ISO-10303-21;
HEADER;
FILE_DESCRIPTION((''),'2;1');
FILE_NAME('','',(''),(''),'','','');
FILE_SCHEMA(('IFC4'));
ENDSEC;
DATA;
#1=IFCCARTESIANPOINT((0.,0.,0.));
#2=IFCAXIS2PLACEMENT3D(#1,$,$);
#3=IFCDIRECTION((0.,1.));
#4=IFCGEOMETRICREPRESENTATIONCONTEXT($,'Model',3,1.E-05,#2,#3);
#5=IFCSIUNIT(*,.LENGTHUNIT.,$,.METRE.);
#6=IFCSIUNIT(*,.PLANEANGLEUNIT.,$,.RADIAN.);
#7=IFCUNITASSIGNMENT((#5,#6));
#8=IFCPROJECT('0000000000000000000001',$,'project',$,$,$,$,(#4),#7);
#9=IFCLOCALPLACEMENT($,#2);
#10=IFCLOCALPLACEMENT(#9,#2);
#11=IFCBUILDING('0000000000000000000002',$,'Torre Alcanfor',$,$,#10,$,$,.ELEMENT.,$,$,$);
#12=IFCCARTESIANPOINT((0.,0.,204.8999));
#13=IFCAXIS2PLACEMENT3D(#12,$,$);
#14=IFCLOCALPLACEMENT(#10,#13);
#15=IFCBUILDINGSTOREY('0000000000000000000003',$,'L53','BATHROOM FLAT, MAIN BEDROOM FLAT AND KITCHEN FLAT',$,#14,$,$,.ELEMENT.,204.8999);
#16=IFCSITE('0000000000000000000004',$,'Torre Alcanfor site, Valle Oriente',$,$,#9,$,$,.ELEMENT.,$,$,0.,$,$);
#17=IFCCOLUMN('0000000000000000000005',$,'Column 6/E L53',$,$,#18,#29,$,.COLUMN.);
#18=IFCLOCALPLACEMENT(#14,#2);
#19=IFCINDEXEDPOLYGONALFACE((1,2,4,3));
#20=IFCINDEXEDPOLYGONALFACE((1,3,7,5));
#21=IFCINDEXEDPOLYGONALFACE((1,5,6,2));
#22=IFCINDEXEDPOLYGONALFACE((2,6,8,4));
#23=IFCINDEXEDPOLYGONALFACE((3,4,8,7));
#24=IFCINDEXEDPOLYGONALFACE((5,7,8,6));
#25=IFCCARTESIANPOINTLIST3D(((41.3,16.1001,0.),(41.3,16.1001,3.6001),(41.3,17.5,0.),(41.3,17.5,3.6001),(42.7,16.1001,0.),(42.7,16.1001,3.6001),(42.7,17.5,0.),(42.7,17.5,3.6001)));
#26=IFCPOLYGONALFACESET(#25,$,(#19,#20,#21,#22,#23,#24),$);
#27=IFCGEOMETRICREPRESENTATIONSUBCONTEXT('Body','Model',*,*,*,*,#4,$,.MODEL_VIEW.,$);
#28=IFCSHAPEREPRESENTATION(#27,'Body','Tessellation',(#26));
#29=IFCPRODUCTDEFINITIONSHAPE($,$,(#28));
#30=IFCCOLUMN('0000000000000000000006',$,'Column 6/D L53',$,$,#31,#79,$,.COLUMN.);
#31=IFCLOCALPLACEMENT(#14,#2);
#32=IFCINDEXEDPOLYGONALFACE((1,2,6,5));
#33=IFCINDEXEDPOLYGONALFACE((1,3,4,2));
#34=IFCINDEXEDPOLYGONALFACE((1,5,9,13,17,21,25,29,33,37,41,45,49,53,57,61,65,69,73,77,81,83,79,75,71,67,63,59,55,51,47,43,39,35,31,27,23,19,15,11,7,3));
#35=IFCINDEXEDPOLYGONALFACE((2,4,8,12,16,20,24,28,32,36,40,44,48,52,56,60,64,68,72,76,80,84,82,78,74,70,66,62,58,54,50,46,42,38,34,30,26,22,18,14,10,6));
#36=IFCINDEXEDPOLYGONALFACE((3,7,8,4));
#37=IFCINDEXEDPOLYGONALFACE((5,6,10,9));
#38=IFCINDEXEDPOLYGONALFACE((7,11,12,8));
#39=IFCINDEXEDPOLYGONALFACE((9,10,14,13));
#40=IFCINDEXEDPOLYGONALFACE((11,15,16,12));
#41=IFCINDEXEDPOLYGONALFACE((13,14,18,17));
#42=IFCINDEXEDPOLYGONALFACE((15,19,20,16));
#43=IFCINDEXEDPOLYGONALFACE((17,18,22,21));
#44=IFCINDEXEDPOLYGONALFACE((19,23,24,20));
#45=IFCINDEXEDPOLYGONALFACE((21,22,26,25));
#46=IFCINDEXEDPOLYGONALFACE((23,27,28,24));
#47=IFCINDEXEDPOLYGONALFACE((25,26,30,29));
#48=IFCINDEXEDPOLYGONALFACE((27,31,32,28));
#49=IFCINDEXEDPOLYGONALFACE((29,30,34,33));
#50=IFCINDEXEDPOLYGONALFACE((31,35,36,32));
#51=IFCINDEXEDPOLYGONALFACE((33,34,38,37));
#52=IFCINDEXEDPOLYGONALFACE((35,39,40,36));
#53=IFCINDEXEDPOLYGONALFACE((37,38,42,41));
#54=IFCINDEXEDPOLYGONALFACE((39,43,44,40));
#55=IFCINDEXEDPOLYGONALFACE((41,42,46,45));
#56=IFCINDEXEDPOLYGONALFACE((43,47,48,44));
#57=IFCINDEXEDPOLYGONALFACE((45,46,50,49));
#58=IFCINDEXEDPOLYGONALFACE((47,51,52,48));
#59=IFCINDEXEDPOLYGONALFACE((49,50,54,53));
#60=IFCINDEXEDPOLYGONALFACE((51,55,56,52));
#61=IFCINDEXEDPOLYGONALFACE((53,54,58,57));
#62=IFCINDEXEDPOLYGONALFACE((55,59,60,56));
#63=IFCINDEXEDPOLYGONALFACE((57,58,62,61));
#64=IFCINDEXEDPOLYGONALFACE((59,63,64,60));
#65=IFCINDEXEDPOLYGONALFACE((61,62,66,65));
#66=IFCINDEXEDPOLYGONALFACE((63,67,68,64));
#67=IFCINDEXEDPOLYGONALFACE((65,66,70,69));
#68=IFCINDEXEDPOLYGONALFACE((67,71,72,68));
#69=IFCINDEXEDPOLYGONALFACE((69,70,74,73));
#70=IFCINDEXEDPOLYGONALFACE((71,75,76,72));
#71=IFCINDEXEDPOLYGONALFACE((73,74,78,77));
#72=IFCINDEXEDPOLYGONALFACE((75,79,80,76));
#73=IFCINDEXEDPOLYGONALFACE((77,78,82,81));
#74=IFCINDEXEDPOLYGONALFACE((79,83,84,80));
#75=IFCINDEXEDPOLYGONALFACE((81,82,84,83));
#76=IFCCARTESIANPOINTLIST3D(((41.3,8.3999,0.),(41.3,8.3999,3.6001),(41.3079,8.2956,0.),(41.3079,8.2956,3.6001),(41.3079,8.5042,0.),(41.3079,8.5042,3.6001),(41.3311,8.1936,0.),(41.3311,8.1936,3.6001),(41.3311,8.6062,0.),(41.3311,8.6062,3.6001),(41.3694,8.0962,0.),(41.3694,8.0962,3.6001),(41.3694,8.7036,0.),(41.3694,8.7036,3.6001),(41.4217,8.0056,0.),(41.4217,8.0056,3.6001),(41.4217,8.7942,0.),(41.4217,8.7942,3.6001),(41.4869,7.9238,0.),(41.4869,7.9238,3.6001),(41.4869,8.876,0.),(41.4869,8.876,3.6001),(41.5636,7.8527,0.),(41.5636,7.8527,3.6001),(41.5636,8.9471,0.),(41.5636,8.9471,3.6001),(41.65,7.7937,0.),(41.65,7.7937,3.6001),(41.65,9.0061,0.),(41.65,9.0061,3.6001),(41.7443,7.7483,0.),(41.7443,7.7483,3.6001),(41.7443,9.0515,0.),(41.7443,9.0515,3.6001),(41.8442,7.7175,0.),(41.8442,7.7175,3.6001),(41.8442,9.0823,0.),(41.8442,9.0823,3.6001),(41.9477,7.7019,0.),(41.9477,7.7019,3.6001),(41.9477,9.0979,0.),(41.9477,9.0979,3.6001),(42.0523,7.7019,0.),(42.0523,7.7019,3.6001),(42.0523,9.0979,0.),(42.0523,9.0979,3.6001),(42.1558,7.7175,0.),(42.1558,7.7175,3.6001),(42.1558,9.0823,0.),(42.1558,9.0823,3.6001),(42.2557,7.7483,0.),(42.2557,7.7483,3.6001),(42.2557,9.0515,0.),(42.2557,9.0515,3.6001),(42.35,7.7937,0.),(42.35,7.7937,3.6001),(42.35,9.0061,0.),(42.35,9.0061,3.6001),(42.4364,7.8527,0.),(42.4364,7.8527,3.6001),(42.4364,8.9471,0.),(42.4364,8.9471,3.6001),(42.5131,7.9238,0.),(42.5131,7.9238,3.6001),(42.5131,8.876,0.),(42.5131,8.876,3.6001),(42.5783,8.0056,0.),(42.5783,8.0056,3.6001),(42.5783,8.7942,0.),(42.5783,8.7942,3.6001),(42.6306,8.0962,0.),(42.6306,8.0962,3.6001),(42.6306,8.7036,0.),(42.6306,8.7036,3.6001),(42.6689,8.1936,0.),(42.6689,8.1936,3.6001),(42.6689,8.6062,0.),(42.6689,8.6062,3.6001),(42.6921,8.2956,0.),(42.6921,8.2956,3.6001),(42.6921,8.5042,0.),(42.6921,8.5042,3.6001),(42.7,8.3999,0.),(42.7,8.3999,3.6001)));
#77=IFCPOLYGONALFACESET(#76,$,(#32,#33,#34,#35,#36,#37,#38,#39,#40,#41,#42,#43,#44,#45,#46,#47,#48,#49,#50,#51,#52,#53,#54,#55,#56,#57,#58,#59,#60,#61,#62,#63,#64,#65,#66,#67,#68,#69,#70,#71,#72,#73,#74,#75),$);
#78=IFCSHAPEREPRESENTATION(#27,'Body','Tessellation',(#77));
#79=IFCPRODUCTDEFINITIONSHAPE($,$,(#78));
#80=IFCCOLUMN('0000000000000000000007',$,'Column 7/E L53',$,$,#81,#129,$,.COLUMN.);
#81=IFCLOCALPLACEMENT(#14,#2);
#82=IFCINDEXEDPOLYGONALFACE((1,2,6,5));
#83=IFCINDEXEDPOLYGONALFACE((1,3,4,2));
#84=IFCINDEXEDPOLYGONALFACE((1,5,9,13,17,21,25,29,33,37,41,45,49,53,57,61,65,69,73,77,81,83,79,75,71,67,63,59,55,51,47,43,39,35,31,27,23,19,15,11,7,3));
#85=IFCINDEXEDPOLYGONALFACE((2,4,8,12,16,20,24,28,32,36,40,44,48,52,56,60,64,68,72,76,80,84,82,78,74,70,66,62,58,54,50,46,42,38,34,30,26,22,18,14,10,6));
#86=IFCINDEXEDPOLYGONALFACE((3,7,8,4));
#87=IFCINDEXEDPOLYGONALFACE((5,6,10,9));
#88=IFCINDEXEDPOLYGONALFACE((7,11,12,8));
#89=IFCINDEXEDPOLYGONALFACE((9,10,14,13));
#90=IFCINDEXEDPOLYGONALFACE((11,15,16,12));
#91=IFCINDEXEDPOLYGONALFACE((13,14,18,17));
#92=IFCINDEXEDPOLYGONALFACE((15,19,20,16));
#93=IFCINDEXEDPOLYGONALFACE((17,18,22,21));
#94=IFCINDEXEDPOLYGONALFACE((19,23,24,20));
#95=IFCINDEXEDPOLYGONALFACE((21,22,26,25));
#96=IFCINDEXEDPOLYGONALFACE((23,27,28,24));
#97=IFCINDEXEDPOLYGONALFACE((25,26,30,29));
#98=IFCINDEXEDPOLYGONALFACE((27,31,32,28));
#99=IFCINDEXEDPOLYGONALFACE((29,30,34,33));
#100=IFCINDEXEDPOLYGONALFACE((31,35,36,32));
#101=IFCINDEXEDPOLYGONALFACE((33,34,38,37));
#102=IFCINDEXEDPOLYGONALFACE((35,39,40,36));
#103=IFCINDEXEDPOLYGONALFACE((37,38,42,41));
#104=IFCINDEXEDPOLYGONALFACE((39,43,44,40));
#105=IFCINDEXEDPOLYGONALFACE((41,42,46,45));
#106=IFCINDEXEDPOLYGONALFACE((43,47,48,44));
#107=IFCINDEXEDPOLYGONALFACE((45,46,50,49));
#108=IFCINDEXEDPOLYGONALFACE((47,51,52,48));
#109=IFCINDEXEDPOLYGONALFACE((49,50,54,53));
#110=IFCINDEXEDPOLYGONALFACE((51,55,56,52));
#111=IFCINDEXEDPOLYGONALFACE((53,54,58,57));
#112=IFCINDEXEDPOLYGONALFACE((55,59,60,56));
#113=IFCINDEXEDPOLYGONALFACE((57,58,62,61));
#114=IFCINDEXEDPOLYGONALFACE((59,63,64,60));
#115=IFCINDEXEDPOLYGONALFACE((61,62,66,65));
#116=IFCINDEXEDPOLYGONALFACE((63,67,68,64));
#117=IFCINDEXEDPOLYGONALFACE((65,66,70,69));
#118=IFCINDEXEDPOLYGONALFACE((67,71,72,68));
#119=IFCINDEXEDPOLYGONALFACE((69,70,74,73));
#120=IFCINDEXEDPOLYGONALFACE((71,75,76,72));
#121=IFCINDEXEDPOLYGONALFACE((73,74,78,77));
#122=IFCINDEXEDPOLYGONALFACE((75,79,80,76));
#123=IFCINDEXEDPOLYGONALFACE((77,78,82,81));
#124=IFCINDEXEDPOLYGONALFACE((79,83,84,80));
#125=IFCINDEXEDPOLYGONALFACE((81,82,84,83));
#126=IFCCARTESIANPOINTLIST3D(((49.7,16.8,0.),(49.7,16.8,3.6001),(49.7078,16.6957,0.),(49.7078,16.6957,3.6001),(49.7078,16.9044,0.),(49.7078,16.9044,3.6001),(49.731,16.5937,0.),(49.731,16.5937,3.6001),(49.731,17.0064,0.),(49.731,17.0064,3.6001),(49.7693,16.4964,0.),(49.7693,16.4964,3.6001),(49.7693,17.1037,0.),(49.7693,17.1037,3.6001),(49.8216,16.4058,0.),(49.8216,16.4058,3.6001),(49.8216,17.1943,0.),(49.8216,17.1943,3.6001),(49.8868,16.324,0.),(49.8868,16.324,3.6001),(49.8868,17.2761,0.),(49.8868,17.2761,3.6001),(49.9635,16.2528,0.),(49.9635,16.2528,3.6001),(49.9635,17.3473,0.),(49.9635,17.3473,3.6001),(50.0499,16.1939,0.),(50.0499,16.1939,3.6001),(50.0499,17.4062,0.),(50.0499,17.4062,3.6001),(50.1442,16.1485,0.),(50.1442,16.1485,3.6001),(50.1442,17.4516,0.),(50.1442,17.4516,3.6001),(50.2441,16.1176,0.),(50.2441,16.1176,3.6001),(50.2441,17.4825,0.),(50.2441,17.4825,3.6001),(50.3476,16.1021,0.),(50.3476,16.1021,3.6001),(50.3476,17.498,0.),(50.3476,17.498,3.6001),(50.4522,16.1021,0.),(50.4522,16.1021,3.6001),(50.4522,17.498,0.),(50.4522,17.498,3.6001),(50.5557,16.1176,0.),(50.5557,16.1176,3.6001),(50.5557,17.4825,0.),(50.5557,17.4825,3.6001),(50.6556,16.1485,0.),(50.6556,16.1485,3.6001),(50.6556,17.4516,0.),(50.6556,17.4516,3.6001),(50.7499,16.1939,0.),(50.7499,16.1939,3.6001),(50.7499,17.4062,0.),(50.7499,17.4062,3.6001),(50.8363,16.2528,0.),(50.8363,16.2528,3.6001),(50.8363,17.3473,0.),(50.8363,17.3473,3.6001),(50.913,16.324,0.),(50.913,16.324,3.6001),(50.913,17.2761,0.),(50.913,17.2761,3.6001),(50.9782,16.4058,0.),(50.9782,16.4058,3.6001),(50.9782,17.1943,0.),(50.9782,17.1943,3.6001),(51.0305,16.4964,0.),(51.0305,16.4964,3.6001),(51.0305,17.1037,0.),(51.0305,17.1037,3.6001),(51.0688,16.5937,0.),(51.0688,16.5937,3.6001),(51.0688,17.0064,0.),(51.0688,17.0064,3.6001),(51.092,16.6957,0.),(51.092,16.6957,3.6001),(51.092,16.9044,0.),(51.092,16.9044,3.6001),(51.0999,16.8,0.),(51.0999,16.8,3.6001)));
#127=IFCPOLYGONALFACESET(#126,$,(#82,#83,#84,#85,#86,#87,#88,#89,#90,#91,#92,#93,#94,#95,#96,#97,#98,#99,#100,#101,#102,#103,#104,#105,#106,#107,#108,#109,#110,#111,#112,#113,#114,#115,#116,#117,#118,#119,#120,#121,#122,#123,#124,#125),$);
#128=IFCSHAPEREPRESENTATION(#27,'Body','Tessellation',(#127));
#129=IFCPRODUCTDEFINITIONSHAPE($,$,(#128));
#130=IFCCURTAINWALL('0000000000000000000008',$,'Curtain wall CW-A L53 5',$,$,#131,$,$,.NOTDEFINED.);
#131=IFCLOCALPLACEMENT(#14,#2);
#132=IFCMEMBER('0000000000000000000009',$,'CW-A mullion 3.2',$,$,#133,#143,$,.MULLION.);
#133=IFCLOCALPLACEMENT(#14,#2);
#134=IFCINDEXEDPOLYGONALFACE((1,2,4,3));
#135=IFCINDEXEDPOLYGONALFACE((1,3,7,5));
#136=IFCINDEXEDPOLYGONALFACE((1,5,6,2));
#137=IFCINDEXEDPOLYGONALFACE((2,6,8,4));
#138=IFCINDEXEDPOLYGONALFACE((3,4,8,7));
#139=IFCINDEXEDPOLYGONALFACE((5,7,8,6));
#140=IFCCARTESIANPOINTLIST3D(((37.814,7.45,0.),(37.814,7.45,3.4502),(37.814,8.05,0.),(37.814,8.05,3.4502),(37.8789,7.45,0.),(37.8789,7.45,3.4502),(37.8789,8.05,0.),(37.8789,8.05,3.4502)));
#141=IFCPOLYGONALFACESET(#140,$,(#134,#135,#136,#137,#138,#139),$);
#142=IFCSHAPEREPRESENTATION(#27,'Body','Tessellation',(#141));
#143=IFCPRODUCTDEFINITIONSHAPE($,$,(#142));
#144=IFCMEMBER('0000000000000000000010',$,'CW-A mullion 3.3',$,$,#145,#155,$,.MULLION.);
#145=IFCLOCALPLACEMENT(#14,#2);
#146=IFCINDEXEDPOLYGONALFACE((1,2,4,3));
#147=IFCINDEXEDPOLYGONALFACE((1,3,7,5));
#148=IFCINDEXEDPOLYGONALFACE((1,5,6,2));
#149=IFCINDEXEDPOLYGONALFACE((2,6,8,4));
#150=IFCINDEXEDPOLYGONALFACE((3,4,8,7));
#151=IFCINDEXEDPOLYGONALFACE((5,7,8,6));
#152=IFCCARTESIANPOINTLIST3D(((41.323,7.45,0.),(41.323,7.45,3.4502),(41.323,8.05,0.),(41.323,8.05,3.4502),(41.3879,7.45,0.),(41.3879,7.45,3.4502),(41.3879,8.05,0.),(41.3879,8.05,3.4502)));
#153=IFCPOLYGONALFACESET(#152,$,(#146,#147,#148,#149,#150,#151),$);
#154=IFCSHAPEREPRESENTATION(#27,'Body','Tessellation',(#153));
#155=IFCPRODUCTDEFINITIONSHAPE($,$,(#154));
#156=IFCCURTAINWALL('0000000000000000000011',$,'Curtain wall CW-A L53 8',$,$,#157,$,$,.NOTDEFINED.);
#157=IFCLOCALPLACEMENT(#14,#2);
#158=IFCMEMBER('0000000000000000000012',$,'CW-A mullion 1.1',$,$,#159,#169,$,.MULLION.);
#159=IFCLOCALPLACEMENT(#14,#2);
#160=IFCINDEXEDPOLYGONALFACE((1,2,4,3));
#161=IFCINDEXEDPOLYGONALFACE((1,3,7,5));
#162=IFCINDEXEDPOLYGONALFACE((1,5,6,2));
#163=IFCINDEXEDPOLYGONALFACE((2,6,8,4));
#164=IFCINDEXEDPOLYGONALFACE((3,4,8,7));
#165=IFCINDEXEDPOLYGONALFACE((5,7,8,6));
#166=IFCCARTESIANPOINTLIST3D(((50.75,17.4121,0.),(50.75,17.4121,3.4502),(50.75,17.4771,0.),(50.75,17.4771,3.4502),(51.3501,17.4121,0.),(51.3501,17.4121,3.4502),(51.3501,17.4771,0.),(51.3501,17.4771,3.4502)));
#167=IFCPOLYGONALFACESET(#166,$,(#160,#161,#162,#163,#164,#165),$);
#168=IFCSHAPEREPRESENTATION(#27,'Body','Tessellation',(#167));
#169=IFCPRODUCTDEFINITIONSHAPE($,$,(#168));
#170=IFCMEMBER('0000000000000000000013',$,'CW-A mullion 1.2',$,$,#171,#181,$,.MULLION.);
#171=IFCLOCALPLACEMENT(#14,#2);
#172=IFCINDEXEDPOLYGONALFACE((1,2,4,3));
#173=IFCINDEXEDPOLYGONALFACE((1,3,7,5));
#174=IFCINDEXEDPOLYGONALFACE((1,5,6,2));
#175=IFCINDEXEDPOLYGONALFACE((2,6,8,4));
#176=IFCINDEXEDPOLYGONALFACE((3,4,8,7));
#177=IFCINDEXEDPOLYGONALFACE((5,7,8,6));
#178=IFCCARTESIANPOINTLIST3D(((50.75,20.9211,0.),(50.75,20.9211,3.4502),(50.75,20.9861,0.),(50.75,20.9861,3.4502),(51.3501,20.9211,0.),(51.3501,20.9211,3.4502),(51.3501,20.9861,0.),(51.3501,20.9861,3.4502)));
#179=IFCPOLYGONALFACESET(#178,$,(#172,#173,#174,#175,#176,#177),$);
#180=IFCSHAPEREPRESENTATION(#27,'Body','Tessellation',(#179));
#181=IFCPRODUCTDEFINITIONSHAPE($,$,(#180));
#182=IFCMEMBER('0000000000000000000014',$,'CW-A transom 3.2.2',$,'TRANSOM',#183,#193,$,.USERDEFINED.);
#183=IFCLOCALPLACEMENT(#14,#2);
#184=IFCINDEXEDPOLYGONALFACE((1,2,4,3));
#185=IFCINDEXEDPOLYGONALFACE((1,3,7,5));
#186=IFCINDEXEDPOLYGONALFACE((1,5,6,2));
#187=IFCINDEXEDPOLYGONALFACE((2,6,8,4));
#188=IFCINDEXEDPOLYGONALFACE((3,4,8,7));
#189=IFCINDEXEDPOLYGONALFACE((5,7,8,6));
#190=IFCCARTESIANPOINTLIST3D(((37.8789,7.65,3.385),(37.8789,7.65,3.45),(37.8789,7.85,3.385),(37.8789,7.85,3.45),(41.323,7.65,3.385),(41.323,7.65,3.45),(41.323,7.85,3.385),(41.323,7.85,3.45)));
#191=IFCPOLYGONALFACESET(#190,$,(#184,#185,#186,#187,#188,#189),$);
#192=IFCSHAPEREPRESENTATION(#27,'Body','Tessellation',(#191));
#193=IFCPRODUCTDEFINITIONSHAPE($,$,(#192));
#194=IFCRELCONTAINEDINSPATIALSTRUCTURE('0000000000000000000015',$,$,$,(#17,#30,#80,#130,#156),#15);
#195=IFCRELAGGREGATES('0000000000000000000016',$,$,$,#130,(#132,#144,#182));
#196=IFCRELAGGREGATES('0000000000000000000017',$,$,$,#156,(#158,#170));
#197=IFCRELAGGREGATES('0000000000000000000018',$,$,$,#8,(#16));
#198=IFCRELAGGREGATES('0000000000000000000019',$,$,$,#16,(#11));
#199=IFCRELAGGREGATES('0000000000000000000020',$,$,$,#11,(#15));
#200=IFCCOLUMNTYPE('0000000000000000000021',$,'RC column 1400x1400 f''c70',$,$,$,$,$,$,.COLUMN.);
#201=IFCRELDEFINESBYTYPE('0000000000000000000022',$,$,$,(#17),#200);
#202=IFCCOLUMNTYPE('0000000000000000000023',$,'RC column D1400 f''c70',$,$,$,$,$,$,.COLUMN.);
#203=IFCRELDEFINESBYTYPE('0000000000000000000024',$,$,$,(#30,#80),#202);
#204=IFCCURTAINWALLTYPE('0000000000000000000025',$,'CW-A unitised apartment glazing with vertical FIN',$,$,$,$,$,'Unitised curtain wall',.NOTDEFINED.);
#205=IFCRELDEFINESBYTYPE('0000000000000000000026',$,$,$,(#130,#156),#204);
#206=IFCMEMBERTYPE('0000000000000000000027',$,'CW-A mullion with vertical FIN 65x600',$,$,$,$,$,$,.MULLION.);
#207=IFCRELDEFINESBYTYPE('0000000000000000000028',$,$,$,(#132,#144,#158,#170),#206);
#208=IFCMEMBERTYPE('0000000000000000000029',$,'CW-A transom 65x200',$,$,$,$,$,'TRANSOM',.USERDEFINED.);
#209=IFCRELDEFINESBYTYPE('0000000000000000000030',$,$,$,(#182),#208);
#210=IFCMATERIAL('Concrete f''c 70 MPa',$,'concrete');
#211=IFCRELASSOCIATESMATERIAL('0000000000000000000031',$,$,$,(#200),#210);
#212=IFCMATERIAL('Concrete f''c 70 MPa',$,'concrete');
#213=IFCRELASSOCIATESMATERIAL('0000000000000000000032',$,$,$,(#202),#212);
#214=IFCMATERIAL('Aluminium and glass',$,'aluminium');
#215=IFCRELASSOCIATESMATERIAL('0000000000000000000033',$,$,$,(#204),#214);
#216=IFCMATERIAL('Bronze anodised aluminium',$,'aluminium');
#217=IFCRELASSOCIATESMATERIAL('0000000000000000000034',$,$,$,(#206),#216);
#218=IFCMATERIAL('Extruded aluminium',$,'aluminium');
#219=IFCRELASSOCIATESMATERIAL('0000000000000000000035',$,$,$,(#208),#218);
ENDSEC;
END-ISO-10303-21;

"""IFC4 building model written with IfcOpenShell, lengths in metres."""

from ifc_helpers import new_model, si_unit, direction, frame, origin, origin_2d, place, context, subcontext, project, spatial, rectangle, circle, extrude, material, material_profile, profile_set, type_object, element, aggregate, save


model = new_model("IFC4")

# Units and contexts
model_context = context("Model", 3, precision=1e-05, world=origin(), true_north=direction((0.0, 1.0)))
body_context = subcontext(model_context, "Body", "Model", "MODEL_VIEW")
ifc_project = project(units=[si_unit("LENGTHUNIT", "METRE"), si_unit("PLANEANGLEUNIT", "RADIAN")], contexts=[model_context])

# Site, building, storey
site_placement = place(None, origin())
site = spatial("IfcSite", under=ifc_project, at=site_placement, Name="Torre Alcanfor site, Valle Oriente", CompositionType="ELEMENT", RefElevation=0.0)
building_placement = place(site_placement, origin())
building = spatial("IfcBuilding", under=site, at=building_placement, Name="Torre Alcanfor", CompositionType="ELEMENT")
storey_placement = place(building_placement, frame((0.0, 0.0, 204.8999)))
storey = spatial("IfcBuildingStorey", under=building, at=storey_placement, Name="L53", Description="BATHROOM FLAT, MAIN BEDROOM FLAT AND KITCHEN FLAT", CompositionType="ELEMENT", Elevation=204.8999)

# Columns
ifc_material_1 = material(Name="Concrete f'c 70 MPa", Category="concrete")
ifc_material_profile_1 = material_profile(ifc_material_1, rectangle(XDim=1.3999, YDim=1.3999, at=origin_2d()), Name="1400x1400")
ifc_profile_set_1 = profile_set([ifc_material_profile_1], Name="Concrete f'c 70 MPa")
column_type_1 = type_object("IfcColumnType", Name="RC column 1400x1400 f'c70", PredefinedType="COLUMN", material=ifc_profile_set_1)
column_placement = place(storey_placement, frame((42.0, 16.8, 0.0), z_axis=(0.0, 0.0, 1.0), x_axis=(1.0, 0.0, 0.0)))
element("IfcColumn", 1, at=column_placement, inside=storey, type_object=column_type_1, Name="Column 6/E L53", PredefinedType="COLUMN", context=body_context, shape_type="SweptSolid", body=[
    extrude(rectangle(XDim=1.3999, YDim=1.3999, at=origin_2d()), origin(), (0.0, 0.0, 1.0), 3.6001),
])
ifc_material_2 = material(Name="Concrete f'c 70 MPa", Category="concrete")
ifc_material_profile_2 = material_profile(ifc_material_2, circle(Radius=0.7, at=origin_2d()), Name="D1400")
ifc_profile_set_2 = profile_set([ifc_material_profile_2], Name="Concrete f'c 70 MPa")
column_type_2 = type_object("IfcColumnType", Name="RC column D1400 f'c70", PredefinedType="COLUMN", material=ifc_profile_set_2)
for number, where, z_axis, x_axis, name in (
    (2, (42.0, 8.3999, 0.0), (0.0, 0.0, 1.0), (1.0, 0.0, 0.0), "Column 6/D L53"),
    (3, (50.3999, 16.8, 0.0), (0.0, 0.0, 1.0), (1.0, 0.0, 0.0), "Column 7/E L53"),
):
    element("IfcColumn", number, at=place(storey_placement, frame(where, z_axis=z_axis, x_axis=x_axis)), inside=storey, type_object=column_type_2, Name=name, PredefinedType="COLUMN", context=body_context, shape_type="SweptSolid", body=[
        extrude(circle(Radius=0.7, at=origin_2d()), origin(), (0.0, 0.0, 1.0), 3.6001),
    ])

# Curtain walls, members
ifc_material_3 = material(Name="Aluminium and glass", Category="aluminium")
curtain_wall_type = type_object("IfcCurtainWallType", Name="CW-A unitised apartment glazing with vertical FIN", ElementType="Unitised curtain wall", PredefinedType="NOTDEFINED", material=ifc_material_3)
curtain_wall_1_placement = place(storey_placement, origin())
curtain_wall_1 = element("IfcCurtainWall", 4, at=curtain_wall_1_placement, inside=storey, type_object=curtain_wall_type, Name="Curtain wall CW-A L53 5", PredefinedType="NOTDEFINED")
ifc_material_4 = material(Name="Bronze anodised aluminium", Category="aluminium")
ifc_material_profile_3 = material_profile(ifc_material_4, rectangle(XDim=0.6001, YDim=0.0649, at=origin_2d()), Name="CW-A mullion 65x600")
ifc_profile_set_3 = profile_set([ifc_material_profile_3], Name="Bronze anodised aluminium")
member_type_1 = type_object("IfcMemberType", Name="CW-A mullion with vertical FIN 65x600", PredefinedType="MULLION", material=ifc_profile_set_3)
member_1_placement = place(storey_placement, frame((37.8464, 7.75, 0.0), z_axis=(0.0, 0.0, 1.0), x_axis=(0.0, 1.0, 0.0)))
member_1 = element("IfcMember", 5, at=member_1_placement, type_object=member_type_1, Name="CW-A mullion 3.2", PredefinedType="MULLION", context=body_context, shape_type="SweptSolid", body=[
    extrude(rectangle(XDim=0.6001, YDim=0.0649, at=origin_2d()), origin(), (0.0, 0.0, 1.0), 3.4502),
])
member_2_placement = place(storey_placement, frame((41.3555, 7.75, 0.0), z_axis=(0.0, 0.0, 1.0), x_axis=(0.0, 1.0, 0.0)))
member_2 = element("IfcMember", 6, at=member_2_placement, type_object=member_type_1, Name="CW-A mullion 3.3", PredefinedType="MULLION", context=body_context, shape_type="SweptSolid", body=[
    extrude(rectangle(XDim=0.6001, YDim=0.0649, at=origin_2d()), origin(), (0.0, 0.0, 1.0), 3.4502),
])
curtain_wall_2_placement = place(storey_placement, origin())
curtain_wall_2 = element("IfcCurtainWall", 7, at=curtain_wall_2_placement, inside=storey, type_object=curtain_wall_type, Name="Curtain wall CW-A L53 8", PredefinedType="NOTDEFINED")
member_3_placement = place(storey_placement, frame((51.05, 17.4446, 0.0), z_axis=(0.0, 0.0, 1.0), x_axis=(-1.0, 0.0, 0.0)))
member_3 = element("IfcMember", 8, at=member_3_placement, type_object=member_type_1, Name="CW-A mullion 1.1", PredefinedType="MULLION", context=body_context, shape_type="SweptSolid", body=[
    extrude(rectangle(XDim=0.6001, YDim=0.0649, at=origin_2d()), origin(), (0.0, 0.0, 1.0), 3.4502),
])
member_4_placement = place(storey_placement, frame((51.05, 20.9536, 0.0), z_axis=(0.0, 0.0, 1.0), x_axis=(-1.0, 0.0, 0.0)))
member_4 = element("IfcMember", 9, at=member_4_placement, type_object=member_type_1, Name="CW-A mullion 1.2", PredefinedType="MULLION", context=body_context, shape_type="SweptSolid", body=[
    extrude(rectangle(XDim=0.6001, YDim=0.0649, at=origin_2d()), origin(), (0.0, 0.0, 1.0), 3.4502),
])

# Member
ifc_material_5 = material(Name="Extruded aluminium", Category="aluminium")
ifc_material_profile_4 = material_profile(ifc_material_5, rectangle(XDim=0.2, YDim=0.0649, at=origin_2d()), Name="CW-A transom 200x65")
ifc_profile_set_4 = profile_set([ifc_material_profile_4], Name="Extruded aluminium")
member_type_2 = type_object("IfcMemberType", Name="CW-A transom 65x200", ElementType="TRANSOM", PredefinedType="USERDEFINED", material=ifc_profile_set_4)
member_5_placement = place(storey_placement, frame((37.8789, 7.75, 3.4175), z_axis=(1.0, 0.0, 0.0), x_axis=(0.0, 1.0, 0.0)))
member_5 = element("IfcMember", 10, at=member_5_placement, type_object=member_type_2, Name="CW-A transom 3.2.2", ObjectType="TRANSOM", PredefinedType="USERDEFINED", context=body_context, shape_type="SweptSolid", body=[
    extrude(rectangle(XDim=0.2, YDim=0.0649, at=origin_2d()), origin(), (0.0, 0.0, 1.0), 3.4441),
])

aggregate(curtain_wall_1, [member_1, member_2, member_5])
aggregate(curtain_wall_2, [member_3, member_4])

save(model, "model.ifc")
